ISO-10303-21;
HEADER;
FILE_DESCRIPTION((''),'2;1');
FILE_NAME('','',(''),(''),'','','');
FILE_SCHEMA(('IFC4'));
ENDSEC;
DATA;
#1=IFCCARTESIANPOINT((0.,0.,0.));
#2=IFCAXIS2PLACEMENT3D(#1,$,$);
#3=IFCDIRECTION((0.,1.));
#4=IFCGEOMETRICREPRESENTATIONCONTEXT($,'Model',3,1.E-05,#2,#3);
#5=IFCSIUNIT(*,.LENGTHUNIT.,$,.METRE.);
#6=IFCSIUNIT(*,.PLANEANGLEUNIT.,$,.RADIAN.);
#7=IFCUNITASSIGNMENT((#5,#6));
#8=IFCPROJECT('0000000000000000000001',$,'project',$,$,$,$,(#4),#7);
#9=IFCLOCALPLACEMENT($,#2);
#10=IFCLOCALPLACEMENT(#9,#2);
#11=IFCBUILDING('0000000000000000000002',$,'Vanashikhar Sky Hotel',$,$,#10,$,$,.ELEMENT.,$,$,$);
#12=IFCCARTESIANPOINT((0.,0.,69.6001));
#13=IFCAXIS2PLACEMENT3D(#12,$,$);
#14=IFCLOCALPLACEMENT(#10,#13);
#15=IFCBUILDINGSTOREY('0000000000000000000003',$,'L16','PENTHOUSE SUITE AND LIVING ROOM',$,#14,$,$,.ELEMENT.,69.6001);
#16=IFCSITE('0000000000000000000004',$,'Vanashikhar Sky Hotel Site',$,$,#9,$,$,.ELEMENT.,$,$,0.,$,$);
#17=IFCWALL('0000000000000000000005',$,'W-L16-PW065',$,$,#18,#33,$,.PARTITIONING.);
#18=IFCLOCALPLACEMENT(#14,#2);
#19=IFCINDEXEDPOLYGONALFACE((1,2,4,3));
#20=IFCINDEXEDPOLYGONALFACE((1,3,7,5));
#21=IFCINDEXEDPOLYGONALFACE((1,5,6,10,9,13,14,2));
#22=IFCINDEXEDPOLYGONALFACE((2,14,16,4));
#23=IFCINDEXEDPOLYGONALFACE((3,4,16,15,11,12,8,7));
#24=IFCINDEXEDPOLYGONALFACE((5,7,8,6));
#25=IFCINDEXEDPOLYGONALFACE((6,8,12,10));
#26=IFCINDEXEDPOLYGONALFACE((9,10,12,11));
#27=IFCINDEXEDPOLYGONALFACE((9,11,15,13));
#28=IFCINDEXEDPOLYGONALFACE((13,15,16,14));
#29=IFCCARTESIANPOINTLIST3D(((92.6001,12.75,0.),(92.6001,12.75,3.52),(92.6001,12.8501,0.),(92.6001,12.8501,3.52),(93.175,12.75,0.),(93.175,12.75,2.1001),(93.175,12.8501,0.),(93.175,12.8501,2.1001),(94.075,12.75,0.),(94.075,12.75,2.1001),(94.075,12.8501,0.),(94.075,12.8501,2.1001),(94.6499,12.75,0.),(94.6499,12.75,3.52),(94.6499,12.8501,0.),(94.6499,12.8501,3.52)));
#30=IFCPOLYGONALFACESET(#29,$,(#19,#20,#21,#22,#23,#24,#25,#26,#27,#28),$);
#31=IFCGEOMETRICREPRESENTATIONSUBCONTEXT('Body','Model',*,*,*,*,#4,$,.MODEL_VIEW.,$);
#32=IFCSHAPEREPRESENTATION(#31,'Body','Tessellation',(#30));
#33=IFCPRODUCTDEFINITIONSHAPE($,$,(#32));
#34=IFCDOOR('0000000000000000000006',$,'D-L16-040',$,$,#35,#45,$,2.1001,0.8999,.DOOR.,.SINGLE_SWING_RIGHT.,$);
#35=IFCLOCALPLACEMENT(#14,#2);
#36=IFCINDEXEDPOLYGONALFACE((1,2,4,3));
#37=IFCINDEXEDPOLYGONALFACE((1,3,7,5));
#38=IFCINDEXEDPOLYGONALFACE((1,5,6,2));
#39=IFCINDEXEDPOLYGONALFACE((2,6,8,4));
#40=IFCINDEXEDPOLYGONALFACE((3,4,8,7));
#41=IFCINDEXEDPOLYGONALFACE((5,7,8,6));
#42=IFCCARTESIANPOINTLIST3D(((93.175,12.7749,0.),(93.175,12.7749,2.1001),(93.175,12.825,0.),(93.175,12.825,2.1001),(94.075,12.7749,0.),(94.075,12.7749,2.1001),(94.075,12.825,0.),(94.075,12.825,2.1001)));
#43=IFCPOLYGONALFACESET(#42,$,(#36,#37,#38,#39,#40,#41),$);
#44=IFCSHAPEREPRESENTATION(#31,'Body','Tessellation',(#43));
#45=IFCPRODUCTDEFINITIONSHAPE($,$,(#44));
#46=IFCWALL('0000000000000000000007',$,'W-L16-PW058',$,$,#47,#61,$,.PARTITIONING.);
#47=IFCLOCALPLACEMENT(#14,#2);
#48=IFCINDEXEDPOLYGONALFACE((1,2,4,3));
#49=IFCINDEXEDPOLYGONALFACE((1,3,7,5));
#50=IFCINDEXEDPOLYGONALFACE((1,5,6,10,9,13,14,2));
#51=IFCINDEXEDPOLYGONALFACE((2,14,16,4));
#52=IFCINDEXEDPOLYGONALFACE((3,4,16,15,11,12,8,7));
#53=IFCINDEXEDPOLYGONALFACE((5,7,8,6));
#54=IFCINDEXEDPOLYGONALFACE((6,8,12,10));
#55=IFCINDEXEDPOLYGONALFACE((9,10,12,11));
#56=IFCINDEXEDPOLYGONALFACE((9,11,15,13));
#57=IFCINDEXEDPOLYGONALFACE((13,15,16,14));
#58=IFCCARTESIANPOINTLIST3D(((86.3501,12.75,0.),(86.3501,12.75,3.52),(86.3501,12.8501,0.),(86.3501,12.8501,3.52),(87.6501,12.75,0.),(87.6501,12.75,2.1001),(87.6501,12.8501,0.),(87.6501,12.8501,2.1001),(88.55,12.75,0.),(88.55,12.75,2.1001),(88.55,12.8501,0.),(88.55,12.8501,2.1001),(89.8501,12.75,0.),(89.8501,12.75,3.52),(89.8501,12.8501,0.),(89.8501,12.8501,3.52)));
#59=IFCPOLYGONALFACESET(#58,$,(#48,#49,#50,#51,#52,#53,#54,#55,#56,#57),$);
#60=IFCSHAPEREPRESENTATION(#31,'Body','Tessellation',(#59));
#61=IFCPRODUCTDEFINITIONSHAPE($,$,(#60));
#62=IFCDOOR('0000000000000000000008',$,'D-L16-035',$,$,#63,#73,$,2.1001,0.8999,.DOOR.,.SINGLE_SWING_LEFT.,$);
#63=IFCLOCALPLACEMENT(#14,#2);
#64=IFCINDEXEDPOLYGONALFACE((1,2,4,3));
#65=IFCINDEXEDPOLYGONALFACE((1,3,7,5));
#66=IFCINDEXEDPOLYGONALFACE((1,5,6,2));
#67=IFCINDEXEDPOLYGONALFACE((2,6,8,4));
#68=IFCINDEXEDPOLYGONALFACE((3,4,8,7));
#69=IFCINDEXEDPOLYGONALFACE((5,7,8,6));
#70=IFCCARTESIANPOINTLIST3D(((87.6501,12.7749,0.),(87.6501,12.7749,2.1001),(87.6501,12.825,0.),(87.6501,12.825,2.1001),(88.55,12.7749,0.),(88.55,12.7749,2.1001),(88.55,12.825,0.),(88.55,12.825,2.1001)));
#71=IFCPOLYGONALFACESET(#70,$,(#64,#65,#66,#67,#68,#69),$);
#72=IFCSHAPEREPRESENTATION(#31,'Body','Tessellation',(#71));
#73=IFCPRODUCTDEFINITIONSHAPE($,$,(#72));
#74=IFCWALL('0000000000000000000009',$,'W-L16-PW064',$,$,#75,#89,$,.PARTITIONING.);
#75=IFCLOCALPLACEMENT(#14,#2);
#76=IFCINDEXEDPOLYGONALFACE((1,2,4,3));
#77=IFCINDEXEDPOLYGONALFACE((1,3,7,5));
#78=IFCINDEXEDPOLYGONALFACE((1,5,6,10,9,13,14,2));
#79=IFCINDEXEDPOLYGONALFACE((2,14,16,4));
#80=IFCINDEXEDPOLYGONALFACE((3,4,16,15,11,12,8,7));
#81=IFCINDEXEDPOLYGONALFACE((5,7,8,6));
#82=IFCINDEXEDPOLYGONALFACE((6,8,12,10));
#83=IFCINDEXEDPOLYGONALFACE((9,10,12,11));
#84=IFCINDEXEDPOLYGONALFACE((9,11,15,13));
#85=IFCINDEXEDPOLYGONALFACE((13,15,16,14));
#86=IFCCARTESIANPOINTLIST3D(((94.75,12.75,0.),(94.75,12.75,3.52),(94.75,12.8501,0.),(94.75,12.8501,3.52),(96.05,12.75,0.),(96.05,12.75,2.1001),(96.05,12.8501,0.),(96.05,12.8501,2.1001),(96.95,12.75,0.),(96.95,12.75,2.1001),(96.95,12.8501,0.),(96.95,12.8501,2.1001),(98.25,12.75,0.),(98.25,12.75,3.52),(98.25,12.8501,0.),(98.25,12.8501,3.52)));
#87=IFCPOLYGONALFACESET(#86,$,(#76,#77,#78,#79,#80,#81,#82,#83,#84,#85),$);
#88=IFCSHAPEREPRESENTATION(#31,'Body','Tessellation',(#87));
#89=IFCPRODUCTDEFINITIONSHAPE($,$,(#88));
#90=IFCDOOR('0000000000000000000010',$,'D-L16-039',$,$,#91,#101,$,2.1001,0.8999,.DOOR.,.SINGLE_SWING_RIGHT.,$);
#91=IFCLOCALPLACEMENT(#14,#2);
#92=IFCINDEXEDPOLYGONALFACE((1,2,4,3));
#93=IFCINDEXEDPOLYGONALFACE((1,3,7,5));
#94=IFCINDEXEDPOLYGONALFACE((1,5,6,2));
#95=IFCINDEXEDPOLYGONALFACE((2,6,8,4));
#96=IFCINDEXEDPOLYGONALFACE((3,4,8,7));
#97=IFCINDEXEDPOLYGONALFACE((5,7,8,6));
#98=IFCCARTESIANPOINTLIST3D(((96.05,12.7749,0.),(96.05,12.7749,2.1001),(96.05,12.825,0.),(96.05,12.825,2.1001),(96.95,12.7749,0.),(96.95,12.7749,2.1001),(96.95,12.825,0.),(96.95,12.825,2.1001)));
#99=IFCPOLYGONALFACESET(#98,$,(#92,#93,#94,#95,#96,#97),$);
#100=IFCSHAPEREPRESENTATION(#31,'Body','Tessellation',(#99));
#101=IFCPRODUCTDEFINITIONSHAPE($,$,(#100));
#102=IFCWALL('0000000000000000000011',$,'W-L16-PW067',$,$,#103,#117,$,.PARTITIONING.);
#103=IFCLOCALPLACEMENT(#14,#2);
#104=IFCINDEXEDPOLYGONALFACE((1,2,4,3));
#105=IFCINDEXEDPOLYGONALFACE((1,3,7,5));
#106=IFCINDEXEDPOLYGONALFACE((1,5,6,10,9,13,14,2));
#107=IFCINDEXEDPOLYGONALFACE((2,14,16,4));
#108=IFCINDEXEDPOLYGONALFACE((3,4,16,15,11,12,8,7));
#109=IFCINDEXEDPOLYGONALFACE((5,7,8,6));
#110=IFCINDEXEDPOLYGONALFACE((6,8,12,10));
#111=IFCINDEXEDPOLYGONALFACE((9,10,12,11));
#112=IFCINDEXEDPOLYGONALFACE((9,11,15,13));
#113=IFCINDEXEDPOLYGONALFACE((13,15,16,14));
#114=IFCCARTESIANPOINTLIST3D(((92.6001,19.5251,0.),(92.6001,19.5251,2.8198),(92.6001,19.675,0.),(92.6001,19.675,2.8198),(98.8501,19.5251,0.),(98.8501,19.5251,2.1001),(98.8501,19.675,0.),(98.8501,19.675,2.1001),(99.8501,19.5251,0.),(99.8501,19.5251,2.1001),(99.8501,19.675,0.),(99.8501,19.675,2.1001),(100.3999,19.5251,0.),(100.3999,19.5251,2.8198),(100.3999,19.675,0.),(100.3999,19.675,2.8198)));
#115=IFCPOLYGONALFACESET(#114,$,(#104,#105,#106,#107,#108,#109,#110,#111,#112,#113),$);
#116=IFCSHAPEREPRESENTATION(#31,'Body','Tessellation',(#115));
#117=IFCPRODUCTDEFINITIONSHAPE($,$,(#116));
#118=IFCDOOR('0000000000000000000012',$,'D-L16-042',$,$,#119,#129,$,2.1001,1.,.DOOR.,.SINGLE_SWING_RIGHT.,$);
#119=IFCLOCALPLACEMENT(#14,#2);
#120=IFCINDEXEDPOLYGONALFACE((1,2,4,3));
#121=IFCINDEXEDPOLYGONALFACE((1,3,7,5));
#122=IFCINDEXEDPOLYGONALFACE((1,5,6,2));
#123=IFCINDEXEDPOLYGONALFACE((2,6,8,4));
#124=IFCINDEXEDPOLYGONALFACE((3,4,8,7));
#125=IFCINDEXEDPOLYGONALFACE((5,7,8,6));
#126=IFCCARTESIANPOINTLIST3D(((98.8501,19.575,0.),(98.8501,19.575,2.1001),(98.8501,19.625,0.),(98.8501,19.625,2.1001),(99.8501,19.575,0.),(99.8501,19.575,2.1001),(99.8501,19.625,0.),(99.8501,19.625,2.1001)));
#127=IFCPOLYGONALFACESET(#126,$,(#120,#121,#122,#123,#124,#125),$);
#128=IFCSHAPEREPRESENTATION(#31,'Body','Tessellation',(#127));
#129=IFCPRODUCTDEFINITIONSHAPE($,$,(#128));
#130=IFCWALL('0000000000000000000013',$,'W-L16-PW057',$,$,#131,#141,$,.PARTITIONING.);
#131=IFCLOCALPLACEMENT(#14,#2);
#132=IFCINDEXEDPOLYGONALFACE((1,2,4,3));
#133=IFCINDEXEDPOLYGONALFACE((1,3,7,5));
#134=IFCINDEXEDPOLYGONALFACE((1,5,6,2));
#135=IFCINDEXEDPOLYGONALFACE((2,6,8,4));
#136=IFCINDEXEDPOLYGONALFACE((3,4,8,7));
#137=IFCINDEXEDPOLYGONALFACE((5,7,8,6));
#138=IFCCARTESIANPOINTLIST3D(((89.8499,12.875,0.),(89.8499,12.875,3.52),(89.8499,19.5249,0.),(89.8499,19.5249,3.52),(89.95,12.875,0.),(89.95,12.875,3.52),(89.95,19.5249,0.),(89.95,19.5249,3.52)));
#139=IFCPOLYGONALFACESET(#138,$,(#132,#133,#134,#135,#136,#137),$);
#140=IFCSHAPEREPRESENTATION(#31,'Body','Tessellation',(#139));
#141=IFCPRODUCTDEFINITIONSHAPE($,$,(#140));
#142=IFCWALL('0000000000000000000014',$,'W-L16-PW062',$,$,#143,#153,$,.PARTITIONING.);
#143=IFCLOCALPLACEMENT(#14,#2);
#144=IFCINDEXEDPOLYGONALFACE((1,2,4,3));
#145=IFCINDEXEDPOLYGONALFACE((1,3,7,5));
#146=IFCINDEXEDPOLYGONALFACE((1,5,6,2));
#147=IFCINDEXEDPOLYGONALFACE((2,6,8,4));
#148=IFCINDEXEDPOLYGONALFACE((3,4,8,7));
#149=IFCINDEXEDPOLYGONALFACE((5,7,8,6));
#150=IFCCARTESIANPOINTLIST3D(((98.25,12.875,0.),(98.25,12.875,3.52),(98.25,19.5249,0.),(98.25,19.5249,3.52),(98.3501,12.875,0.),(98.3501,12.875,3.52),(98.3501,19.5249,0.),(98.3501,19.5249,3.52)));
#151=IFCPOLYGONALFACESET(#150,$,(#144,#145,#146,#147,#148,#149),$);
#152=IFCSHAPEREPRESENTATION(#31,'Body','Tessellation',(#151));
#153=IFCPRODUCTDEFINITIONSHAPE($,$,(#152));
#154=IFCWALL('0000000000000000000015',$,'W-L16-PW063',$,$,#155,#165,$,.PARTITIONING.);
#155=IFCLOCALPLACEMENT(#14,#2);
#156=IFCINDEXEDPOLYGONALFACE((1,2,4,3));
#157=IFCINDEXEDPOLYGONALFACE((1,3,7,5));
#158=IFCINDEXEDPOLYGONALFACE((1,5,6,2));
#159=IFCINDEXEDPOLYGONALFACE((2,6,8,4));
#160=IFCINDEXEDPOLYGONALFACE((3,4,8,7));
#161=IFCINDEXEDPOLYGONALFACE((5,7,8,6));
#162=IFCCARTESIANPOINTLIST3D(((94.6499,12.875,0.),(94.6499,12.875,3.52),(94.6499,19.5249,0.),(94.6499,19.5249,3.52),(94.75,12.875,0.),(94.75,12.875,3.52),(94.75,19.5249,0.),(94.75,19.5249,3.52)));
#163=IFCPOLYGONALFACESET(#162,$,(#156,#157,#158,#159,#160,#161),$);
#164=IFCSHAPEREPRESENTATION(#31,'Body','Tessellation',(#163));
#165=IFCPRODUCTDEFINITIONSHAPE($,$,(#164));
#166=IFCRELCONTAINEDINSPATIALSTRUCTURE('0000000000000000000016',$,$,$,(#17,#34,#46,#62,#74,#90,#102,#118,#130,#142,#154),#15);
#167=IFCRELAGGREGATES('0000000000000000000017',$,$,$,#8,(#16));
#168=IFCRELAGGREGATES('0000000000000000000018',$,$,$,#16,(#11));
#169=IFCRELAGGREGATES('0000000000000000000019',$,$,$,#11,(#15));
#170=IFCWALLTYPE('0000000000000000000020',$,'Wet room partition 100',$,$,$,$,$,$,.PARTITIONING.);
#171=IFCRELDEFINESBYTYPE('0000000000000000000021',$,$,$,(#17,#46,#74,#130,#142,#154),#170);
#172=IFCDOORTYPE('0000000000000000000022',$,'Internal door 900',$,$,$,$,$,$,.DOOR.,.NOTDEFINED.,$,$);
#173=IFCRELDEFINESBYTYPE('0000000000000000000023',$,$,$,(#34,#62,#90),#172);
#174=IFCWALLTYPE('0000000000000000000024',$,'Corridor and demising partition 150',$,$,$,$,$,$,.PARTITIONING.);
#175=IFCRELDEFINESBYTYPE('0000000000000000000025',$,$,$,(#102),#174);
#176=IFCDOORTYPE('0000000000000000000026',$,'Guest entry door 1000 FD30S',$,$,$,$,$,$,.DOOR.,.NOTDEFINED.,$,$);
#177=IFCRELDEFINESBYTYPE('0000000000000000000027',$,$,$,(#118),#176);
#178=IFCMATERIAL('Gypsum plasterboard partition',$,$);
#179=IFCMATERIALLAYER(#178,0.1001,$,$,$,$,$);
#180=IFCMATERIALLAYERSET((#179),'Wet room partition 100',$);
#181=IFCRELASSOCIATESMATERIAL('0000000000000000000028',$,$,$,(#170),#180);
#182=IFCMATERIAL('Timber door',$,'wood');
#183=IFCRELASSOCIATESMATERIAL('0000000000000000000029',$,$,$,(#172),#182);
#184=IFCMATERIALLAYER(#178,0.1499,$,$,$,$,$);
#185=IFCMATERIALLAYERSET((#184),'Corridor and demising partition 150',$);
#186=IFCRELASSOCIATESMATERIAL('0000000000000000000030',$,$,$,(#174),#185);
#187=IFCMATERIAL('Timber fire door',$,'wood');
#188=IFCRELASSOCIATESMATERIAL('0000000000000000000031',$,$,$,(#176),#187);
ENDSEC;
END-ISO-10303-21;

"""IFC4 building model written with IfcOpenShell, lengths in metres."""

from ifc_helpers import new_model, si_unit, direction, frame, frame_2d, origin, place, context, subcontext, project, spatial, rectangle, extrude, source, transform, mapped, material, layer, layer_set, type_object, element, fill, save


model = new_model("IFC4")

# Units and contexts
model_context = context("Model", 3, precision=1e-05, world=origin(), true_north=direction((0.0, 1.0)))
body_context = subcontext(model_context, "Body", "Model", "MODEL_VIEW")
ifc_project = project(units=[si_unit("LENGTHUNIT", "METRE"), si_unit("PLANEANGLEUNIT", "RADIAN")], contexts=[model_context])

# Site, building, storey
site_placement = place(None, origin())
site = spatial("IfcSite", under=ifc_project, at=site_placement, Name="Vanashikhar Sky Hotel Site", CompositionType="ELEMENT", RefElevation=0.0)
building_placement = place(site_placement, origin())
building = spatial("IfcBuilding", under=site, at=building_placement, Name="Vanashikhar Sky Hotel", CompositionType="ELEMENT")
storey_placement = place(building_placement, frame((0.0, 0.0, 69.6001)))
storey = spatial("IfcBuildingStorey", under=building, at=storey_placement, Name="L16", Description="PENTHOUSE SUITE AND LIVING ROOM", CompositionType="ELEMENT", Elevation=69.6001)

# Walls, openings, doors
ifc_material_1 = material(Name="Gypsum plasterboard partition")
ifc_layer_1 = layer(ifc_material_1, 0.1001)
ifc_layer_set_1 = layer_set([ifc_layer_1], Name="Wet room partition 100")
wall_type_1 = type_object("IfcWallType", Name="Wet room partition 100", PredefinedType="PARTITIONING", material=ifc_layer_set_1)
shared_shape_1 = source(origin(), body_context, "Body", "SweptSolid", [
    extrude(rectangle(XDim=2.0498, YDim=0.1001, at=frame_2d((1.0249, 0.0))), origin(), (0.0, 0.0, 1.0), 3.52),
])
wall_1_placement = place(storey_placement, frame((92.6001, 12.8, 0.0), z_axis=(0.0, 0.0, 1.0), x_axis=(1.0, 0.0, 0.0)))
wall_1 = element("IfcWall", 1, at=wall_1_placement, inside=storey, type_object=wall_type_1, Name="W-L16-PW065", PredefinedType="PARTITIONING", context=body_context, shape_type="MappedRepresentation", body=[
    mapped(shared_shape_1, transform((0.0, 0.0, 0.0), scale=1.0)),
])
shared_shape_2 = source(origin(), body_context, "Body", "SweptSolid", [
    extrude(rectangle(XDim=0.8999, YDim=2.1001, at=frame_2d((0.45, 1.05))), frame((0.0, 0.0601, 0.0), z_axis=(0.0, -1.0, 0.0), x_axis=(1.0, 0.0, 0.0)), (0.0, 0.0, 1.0), 0.1201),
])
opening_1_placement = place(wall_1_placement, frame((0.575, 0.0, 0.0)))
opening_1 = element("IfcOpeningElement", 2, at=opening_1_placement, cuts=wall_1, PredefinedType="OPENING", context=body_context, shape_type="MappedRepresentation", body=[
    mapped(shared_shape_2, transform((0.0, 0.0, 0.0), scale=1.0)),
])
ifc_material_2 = material(Name="Timber door", Category="wood")
door_type_1 = type_object("IfcDoorType", Name="Internal door 900", OperationType="NOTDEFINED", PredefinedType="DOOR", material=ifc_material_2)
shared_shape_3 = source(origin(), body_context, "Body", "SweptSolid", [
    extrude(rectangle(XDim=0.8999, YDim=2.1001, at=frame_2d((0.45, 1.05))), frame((0.0, 0.0249, 0.0), z_axis=(0.0, -1.0, 0.0), x_axis=(1.0, 0.0, 0.0)), (0.0, 0.0, 1.0), 0.05),
])
door_1_placement = place(opening_1_placement, origin())
door_1 = element("IfcDoor", 3, at=door_1_placement, inside=storey, type_object=door_type_1, Name="D-L16-040", OperationType="SINGLE_SWING_RIGHT", OverallHeight=2.1001, OverallWidth=0.8999, PredefinedType="DOOR", context=body_context, shape_type="MappedRepresentation", body=[
    mapped(shared_shape_3, transform((0.0, 0.0, 0.0), scale=1.0)),
])
fill(opening_1, door_1)
shared_shape_4 = source(origin(), body_context, "Body", "SweptSolid", [
    extrude(rectangle(XDim=3.5, YDim=0.1001, at=frame_2d((1.75, 0.0))), origin(), (0.0, 0.0, 1.0), 3.52),
])
wall_2_placement = place(storey_placement, frame((86.3501, 12.8, 0.0), z_axis=(0.0, 0.0, 1.0), x_axis=(1.0, 0.0, 0.0)))
wall_2 = element("IfcWall", 4, at=wall_2_placement, inside=storey, type_object=wall_type_1, Name="W-L16-PW058", PredefinedType="PARTITIONING", context=body_context, shape_type="MappedRepresentation", body=[
    mapped(shared_shape_4, transform((0.0, 0.0, 0.0), scale=1.0)),
])
opening_2_placement = place(wall_2_placement, frame((1.3, 0.0, 0.0)))
opening_2 = element("IfcOpeningElement", 5, at=opening_2_placement, cuts=wall_2, PredefinedType="OPENING", context=body_context, shape_type="MappedRepresentation", body=[
    mapped(shared_shape_2, transform((0.0, 0.0, 0.0), scale=1.0)),
])
door_2_placement = place(opening_2_placement, origin())
door_2 = element("IfcDoor", 6, at=door_2_placement, inside=storey, type_object=door_type_1, Name="D-L16-035", OperationType="SINGLE_SWING_LEFT", OverallHeight=2.1001, OverallWidth=0.8999, PredefinedType="DOOR", context=body_context, shape_type="MappedRepresentation", body=[
    mapped(shared_shape_3, transform((0.0, 0.0, 0.0), scale=1.0)),
])
fill(opening_2, door_2)
wall_3_placement = place(storey_placement, frame((94.75, 12.8, 0.0), z_axis=(0.0, 0.0, 1.0), x_axis=(1.0, 0.0, 0.0)))
wall_3 = element("IfcWall", 7, at=wall_3_placement, inside=storey, type_object=wall_type_1, Name="W-L16-PW064", PredefinedType="PARTITIONING", context=body_context, shape_type="MappedRepresentation", body=[
    mapped(shared_shape_4, transform((0.0, 0.0, 0.0), scale=1.0)),
])
opening_3_placement = place(wall_3_placement, frame((1.3, 0.0, 0.0)))
opening_3 = element("IfcOpeningElement", 8, at=opening_3_placement, cuts=wall_3, PredefinedType="OPENING", context=body_context, shape_type="MappedRepresentation", body=[
    mapped(shared_shape_2, transform((0.0, 0.0, 0.0), scale=1.0)),
])
door_3_placement = place(opening_3_placement, origin())
door_3 = element("IfcDoor", 9, at=door_3_placement, inside=storey, type_object=door_type_1, Name="D-L16-039", OperationType="SINGLE_SWING_RIGHT", OverallHeight=2.1001, OverallWidth=0.8999, PredefinedType="DOOR", context=body_context, shape_type="MappedRepresentation", body=[
    mapped(shared_shape_3, transform((0.0, 0.0, 0.0), scale=1.0)),
])
fill(opening_3, door_3)
ifc_layer_2 = layer(ifc_material_1, 0.1499)
ifc_layer_set_2 = layer_set([ifc_layer_2], Name="Corridor and demising partition 150")
wall_type_2 = type_object("IfcWallType", Name="Corridor and demising partition 150", PredefinedType="PARTITIONING", material=ifc_layer_set_2)
shared_shape_5 = source(origin(), body_context, "Body", "SweptSolid", [
    extrude(rectangle(XDim=7.7998, YDim=0.1499, at=frame_2d((3.8999, 0.0))), origin(), (0.0, 0.0, 1.0), 2.8198),
])
wall_4_placement = place(storey_placement, frame((92.6001, 19.6001, 0.0), z_axis=(0.0, 0.0, 1.0), x_axis=(1.0, 0.0, 0.0)))
wall_4 = element("IfcWall", 10, at=wall_4_placement, inside=storey, type_object=wall_type_2, Name="W-L16-PW067", PredefinedType="PARTITIONING", context=body_context, shape_type="MappedRepresentation", body=[
    mapped(shared_shape_5, transform((0.0, 0.0, 0.0), scale=1.0)),
])
shared_shape_6 = source(origin(), body_context, "Body", "SweptSolid", [
    extrude(rectangle(XDim=1.0, YDim=2.1001, at=frame_2d((0.5, 1.05))), frame((0.0, 0.085, 0.0), z_axis=(0.0, -1.0, 0.0), x_axis=(1.0, 0.0, 0.0)), (0.0, 0.0, 1.0), 0.1699),
])
opening_4_placement = place(wall_4_placement, frame((6.25, 0.0, 0.0)))
opening_4 = element("IfcOpeningElement", 11, at=opening_4_placement, cuts=wall_4, PredefinedType="OPENING", context=body_context, shape_type="MappedRepresentation", body=[
    mapped(shared_shape_6, transform((0.0, 0.0, 0.0), scale=1.0)),
])
ifc_material_3 = material(Name="Timber fire door", Category="wood")
door_type_2 = type_object("IfcDoorType", Name="Guest entry door 1000 FD30S", OperationType="NOTDEFINED", PredefinedType="DOOR", material=ifc_material_3)
shared_shape_7 = source(origin(), body_context, "Body", "SweptSolid", [
    extrude(rectangle(XDim=1.0, YDim=2.1001, at=frame_2d((0.5, 1.05))), frame((0.0, 0.0249, 0.0), z_axis=(0.0, -1.0, 0.0), x_axis=(1.0, 0.0, 0.0)), (0.0, 0.0, 1.0), 0.05),
])
door_4_placement = place(opening_4_placement, origin())
door_4 = element("IfcDoor", 12, at=door_4_placement, inside=storey, type_object=door_type_2, Name="D-L16-042", OperationType="SINGLE_SWING_RIGHT", OverallHeight=2.1001, OverallWidth=1.0, PredefinedType="DOOR", context=body_context, shape_type="MappedRepresentation", body=[
    mapped(shared_shape_7, transform((0.0, 0.0, 0.0), scale=1.0)),
])
fill(opening_4, door_4)

# Walls
shared_shape_8 = source(origin(), body_context, "Body", "SweptSolid", [
    extrude(rectangle(XDim=6.6499, YDim=0.1001, at=frame_2d((3.325, 0.0))), origin(), (0.0, 0.0, 1.0), 3.52),
])
for number, where, z_axis, x_axis, name in (
    (13, (89.8999, 12.875, 0.0), (0.0, 0.0, 1.0), (0.0, 1.0, 0.0), "W-L16-PW057"),
    (14, (98.3, 12.875, 0.0), (0.0, 0.0, 1.0), (0.0, 1.0, 0.0), "W-L16-PW062"),
    (15, (94.7, 12.875, 0.0), (0.0, 0.0, 1.0), (0.0, 1.0, 0.0), "W-L16-PW063"),
):
    element("IfcWall", number, at=place(storey_placement, frame(where, z_axis=z_axis, x_axis=x_axis)), inside=storey, type_object=wall_type_1, Name=name, PredefinedType="PARTITIONING", context=body_context, shape_type="MappedRepresentation", body=[
        mapped(shared_shape_8, transform((0.0, 0.0, 0.0), scale=1.0)),
    ])

save(model, "model.ifc")
